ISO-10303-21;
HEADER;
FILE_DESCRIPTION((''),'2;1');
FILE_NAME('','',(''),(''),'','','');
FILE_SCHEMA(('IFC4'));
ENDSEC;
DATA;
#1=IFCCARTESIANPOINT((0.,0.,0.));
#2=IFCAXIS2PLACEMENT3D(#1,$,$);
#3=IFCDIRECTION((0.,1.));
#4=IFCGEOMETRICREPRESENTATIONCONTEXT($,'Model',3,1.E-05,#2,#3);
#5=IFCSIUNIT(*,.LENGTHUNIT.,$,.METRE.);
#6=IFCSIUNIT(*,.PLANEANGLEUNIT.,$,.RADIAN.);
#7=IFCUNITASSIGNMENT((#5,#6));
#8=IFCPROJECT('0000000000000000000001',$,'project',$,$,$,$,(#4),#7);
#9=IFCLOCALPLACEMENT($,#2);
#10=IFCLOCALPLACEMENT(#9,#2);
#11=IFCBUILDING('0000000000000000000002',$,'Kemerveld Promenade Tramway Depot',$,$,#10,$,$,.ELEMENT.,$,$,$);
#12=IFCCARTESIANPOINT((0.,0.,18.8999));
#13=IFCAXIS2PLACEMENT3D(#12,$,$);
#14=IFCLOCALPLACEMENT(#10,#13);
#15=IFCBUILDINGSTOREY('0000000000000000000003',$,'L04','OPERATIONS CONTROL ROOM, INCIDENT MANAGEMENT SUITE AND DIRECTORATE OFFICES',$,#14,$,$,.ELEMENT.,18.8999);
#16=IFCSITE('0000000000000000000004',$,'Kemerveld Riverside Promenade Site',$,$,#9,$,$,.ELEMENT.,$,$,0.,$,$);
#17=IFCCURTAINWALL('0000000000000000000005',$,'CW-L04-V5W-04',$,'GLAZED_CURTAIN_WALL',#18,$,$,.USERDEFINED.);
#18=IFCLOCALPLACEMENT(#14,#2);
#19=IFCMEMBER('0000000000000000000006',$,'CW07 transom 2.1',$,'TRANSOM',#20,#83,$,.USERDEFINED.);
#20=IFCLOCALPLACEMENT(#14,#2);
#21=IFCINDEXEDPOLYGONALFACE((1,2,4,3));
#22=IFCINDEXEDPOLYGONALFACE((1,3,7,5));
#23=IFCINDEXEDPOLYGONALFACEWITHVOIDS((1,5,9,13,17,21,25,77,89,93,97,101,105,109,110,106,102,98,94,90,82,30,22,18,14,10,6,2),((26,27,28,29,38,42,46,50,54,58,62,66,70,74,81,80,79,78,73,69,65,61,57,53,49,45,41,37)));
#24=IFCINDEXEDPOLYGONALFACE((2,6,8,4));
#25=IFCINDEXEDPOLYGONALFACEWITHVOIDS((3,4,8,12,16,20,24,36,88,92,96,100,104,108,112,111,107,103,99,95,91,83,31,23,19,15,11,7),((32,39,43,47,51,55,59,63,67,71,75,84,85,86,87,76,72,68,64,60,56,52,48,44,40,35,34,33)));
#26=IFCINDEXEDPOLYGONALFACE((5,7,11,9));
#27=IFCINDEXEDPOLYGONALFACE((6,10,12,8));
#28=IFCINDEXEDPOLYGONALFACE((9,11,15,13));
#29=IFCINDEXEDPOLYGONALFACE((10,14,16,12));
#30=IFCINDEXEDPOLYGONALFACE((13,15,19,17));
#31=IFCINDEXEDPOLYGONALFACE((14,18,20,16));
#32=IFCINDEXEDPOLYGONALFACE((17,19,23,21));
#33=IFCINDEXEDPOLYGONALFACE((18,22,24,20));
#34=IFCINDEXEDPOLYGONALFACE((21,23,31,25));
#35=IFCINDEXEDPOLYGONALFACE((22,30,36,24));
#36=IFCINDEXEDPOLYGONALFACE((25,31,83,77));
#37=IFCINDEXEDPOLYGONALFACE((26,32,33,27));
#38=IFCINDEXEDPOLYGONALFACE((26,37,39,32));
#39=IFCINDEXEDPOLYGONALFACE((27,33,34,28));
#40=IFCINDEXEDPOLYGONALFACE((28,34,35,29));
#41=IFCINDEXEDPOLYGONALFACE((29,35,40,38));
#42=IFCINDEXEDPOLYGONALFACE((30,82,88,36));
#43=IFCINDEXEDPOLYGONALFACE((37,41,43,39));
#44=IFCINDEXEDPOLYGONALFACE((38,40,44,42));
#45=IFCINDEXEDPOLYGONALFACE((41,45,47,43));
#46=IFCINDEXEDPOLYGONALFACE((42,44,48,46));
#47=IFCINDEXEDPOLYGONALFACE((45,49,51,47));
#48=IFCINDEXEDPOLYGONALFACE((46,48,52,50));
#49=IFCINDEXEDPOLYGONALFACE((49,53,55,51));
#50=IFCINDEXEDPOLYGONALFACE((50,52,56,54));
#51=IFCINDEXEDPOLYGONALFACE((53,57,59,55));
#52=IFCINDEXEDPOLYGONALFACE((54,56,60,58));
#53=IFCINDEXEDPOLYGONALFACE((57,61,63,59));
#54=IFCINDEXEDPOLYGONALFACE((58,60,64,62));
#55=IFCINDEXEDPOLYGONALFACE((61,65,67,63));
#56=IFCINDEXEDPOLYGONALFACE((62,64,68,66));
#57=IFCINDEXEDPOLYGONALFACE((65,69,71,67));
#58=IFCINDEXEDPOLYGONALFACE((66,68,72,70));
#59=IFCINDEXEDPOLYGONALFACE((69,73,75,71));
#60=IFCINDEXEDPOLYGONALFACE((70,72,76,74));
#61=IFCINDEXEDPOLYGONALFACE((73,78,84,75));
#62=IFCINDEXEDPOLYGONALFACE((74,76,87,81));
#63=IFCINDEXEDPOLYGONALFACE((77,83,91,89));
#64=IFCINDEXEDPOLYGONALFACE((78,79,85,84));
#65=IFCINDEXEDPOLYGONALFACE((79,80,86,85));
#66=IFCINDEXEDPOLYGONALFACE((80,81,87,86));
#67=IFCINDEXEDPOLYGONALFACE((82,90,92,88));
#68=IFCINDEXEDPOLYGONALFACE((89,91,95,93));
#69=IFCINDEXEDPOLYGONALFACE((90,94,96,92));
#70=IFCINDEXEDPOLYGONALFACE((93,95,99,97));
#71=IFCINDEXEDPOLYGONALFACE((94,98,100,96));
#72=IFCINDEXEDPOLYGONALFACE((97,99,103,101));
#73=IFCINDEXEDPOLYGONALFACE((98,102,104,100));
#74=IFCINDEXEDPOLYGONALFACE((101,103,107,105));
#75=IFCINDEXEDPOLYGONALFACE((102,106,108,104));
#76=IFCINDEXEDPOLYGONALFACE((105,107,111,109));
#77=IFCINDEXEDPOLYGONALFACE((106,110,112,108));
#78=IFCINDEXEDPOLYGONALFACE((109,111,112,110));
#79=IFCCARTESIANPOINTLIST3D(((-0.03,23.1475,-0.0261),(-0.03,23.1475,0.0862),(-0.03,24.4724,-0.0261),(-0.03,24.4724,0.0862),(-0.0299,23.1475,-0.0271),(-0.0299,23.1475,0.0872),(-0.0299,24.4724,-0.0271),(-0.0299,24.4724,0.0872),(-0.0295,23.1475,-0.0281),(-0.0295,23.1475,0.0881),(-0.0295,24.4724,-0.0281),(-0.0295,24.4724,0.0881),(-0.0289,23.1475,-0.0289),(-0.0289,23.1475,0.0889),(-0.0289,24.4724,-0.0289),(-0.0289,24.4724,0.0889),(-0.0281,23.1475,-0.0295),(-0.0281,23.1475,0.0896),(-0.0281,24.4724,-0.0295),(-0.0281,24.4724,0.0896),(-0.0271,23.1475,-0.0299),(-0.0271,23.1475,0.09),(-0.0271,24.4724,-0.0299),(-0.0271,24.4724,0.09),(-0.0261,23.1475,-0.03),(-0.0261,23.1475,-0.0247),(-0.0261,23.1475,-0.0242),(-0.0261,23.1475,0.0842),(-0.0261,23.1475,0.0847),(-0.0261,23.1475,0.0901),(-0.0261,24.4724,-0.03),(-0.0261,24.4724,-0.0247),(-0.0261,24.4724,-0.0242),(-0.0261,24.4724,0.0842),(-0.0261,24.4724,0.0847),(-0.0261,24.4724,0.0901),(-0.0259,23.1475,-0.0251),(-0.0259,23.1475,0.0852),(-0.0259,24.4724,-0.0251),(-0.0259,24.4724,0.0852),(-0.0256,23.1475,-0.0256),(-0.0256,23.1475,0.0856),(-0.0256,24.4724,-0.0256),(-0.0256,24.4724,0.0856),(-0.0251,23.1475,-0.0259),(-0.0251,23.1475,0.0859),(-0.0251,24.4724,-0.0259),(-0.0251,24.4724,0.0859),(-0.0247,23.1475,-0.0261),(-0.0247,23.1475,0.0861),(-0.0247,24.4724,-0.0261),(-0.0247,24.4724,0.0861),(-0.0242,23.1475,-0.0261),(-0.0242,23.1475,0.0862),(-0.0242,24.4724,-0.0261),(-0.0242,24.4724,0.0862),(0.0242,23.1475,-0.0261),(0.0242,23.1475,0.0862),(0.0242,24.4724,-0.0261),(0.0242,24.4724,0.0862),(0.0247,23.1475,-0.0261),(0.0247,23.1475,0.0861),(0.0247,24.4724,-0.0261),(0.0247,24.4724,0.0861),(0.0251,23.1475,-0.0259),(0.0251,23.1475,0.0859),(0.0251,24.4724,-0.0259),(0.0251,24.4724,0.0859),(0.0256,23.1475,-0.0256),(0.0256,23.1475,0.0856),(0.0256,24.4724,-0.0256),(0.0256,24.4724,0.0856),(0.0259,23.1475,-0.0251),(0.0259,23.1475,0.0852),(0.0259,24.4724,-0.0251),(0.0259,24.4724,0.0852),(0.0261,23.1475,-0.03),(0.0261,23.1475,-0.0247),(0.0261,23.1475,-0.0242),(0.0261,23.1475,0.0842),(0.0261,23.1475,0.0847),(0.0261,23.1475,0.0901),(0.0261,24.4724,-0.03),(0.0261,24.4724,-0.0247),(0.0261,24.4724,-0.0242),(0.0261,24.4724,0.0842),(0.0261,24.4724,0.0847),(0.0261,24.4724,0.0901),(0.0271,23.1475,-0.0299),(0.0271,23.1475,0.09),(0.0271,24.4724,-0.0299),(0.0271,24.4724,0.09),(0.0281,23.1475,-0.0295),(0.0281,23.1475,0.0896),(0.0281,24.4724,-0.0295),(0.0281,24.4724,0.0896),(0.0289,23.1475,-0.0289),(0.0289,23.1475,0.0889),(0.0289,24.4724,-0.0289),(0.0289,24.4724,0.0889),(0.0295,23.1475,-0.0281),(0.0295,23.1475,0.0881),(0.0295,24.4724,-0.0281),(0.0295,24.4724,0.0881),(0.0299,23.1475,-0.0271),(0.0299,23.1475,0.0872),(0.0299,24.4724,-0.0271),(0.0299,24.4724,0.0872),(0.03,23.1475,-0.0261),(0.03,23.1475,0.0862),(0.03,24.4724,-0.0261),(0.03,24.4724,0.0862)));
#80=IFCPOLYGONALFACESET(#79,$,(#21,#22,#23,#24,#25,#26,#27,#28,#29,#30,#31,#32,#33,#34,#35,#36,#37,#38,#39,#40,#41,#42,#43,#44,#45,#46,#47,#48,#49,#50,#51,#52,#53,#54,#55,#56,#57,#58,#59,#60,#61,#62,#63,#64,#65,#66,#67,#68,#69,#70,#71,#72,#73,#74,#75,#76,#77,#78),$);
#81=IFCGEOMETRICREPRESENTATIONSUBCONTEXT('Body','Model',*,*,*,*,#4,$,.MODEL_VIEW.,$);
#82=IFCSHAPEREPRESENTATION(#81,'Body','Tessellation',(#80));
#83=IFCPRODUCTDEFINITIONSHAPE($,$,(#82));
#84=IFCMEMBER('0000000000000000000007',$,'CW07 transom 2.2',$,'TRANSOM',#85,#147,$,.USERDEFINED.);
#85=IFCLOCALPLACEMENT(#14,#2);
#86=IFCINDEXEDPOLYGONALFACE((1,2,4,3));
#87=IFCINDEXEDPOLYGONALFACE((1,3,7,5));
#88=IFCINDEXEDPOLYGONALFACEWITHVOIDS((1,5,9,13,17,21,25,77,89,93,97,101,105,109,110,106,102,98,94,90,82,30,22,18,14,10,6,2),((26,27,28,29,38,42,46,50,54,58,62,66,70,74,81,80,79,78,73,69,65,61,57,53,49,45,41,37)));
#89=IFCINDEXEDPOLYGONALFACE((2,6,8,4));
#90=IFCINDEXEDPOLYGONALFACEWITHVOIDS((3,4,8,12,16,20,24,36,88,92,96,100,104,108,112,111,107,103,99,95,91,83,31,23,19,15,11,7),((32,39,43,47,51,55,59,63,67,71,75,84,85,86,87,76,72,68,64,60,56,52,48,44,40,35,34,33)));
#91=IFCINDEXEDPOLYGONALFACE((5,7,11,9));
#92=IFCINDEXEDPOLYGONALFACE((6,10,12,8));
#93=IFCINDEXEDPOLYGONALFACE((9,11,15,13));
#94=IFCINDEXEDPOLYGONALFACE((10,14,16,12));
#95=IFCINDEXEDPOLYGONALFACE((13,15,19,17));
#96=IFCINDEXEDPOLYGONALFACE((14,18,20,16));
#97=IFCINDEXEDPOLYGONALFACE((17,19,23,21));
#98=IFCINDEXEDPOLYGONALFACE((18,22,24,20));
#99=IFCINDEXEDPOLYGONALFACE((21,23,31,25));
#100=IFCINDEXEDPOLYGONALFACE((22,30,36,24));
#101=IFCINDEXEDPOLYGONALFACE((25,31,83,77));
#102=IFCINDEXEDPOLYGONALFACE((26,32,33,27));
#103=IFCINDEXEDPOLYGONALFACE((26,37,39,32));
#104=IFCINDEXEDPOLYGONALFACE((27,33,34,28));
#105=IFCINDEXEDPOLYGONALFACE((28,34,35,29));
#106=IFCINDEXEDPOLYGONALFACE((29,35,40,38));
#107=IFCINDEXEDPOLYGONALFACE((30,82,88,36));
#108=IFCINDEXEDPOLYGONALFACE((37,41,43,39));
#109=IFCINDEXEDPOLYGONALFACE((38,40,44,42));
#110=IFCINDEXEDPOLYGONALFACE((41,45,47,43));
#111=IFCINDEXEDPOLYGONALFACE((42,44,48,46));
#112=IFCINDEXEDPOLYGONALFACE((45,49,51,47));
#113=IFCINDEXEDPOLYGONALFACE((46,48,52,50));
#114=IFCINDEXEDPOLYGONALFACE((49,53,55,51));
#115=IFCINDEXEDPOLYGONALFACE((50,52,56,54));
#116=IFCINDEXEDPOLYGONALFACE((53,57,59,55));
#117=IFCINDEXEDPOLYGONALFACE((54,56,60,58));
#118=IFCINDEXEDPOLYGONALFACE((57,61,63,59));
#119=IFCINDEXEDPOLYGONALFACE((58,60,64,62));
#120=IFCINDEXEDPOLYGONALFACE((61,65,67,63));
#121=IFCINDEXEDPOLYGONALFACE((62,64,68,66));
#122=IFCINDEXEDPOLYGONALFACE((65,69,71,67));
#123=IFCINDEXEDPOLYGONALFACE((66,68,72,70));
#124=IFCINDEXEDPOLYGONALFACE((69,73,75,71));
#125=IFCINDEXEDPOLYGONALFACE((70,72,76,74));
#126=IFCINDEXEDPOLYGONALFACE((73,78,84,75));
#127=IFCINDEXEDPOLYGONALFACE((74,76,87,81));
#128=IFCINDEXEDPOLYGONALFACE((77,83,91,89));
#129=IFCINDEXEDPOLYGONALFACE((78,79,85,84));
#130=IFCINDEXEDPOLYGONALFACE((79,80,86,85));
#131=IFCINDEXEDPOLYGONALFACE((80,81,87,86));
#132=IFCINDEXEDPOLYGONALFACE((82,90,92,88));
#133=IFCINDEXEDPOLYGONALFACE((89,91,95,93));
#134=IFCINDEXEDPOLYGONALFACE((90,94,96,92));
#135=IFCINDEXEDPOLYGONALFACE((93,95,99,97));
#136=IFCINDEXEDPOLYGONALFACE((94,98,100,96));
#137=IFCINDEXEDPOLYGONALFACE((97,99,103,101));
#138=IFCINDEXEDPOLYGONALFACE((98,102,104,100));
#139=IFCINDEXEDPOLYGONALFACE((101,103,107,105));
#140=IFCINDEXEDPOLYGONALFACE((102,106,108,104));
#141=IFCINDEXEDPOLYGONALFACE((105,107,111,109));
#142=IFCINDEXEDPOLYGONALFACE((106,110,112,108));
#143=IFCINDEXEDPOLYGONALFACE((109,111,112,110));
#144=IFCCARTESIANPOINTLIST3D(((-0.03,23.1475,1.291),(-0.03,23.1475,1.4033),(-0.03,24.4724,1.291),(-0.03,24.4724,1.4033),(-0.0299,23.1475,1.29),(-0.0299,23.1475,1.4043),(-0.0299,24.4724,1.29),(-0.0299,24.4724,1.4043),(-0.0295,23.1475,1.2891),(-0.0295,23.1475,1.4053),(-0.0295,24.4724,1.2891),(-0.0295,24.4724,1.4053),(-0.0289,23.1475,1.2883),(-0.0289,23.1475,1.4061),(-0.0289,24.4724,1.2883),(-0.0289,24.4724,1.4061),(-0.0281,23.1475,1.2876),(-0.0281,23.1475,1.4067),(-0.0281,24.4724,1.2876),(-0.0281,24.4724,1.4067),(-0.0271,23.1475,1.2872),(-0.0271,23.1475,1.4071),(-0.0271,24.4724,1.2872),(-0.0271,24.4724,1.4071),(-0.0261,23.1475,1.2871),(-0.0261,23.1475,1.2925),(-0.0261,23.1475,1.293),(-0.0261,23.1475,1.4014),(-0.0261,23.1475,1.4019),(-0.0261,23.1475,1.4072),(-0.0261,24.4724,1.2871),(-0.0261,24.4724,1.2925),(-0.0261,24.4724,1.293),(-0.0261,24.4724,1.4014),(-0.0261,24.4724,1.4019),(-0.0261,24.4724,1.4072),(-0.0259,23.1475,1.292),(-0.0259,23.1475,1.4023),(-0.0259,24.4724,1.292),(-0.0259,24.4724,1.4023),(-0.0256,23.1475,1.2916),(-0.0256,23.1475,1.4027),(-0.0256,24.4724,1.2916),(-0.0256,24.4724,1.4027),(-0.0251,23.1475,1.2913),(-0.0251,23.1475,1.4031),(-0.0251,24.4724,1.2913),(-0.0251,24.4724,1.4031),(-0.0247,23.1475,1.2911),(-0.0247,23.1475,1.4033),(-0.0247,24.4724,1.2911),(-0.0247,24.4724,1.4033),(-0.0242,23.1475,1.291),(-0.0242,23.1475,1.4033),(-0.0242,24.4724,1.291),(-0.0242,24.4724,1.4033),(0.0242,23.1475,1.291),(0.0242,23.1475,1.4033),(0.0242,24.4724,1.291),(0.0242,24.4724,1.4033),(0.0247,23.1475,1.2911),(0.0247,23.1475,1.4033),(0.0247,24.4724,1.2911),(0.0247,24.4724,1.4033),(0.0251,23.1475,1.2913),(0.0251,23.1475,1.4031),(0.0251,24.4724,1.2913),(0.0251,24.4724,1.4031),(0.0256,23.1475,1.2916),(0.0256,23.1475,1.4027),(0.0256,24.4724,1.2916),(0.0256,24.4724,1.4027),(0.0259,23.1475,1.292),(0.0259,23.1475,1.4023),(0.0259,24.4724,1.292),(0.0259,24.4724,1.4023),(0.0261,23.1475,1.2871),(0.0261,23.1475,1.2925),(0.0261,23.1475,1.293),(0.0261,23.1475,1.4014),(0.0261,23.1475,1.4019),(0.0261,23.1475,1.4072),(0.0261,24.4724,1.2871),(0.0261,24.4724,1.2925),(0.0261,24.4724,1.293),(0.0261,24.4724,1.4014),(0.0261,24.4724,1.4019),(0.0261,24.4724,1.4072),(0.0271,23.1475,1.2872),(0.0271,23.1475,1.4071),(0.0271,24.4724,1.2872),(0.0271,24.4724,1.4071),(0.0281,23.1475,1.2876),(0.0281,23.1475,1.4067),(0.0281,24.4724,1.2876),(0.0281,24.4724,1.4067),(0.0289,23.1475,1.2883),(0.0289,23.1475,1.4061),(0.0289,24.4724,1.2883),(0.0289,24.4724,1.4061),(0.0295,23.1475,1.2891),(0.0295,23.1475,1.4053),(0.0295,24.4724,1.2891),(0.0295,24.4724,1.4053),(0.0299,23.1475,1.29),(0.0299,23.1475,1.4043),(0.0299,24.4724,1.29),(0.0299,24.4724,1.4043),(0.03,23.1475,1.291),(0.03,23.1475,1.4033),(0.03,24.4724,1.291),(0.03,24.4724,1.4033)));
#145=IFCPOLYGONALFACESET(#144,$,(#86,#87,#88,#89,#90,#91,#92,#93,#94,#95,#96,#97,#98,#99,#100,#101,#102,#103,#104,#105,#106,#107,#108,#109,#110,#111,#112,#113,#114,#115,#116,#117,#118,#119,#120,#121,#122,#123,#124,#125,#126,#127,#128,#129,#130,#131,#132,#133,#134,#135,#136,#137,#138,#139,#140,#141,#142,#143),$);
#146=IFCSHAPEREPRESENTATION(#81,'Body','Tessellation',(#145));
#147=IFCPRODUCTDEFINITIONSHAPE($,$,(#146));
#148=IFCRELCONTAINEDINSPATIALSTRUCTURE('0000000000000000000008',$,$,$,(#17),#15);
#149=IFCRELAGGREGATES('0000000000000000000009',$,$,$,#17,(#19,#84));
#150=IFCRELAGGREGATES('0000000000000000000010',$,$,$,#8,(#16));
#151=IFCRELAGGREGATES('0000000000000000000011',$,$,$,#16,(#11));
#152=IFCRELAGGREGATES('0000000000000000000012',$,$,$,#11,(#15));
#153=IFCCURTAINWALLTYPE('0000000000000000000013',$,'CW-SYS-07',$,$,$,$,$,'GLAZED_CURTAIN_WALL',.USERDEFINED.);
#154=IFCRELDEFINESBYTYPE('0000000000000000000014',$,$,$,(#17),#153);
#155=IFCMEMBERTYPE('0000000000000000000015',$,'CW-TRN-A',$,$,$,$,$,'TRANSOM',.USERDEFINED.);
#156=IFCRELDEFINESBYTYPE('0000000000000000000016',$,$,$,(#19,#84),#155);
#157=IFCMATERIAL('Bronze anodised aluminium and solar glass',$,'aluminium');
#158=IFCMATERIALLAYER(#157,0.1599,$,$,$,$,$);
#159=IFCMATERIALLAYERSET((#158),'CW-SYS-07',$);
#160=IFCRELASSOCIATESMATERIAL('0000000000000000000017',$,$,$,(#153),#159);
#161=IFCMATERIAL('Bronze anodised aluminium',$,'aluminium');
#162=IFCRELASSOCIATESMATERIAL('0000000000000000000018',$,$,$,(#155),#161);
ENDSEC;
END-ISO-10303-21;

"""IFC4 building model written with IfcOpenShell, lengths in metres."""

from ifc_helpers import new_model, si_unit, direction, frame, origin, origin_2d, place, context, subcontext, project, spatial, hollow_rectangle, extrude, material, layer, layer_set, material_profile, profile_set, type_object, element, aggregate, save


model = new_model("IFC4")

# Units and contexts
model_context = context("Model", 3, precision=1e-05, world=origin(), true_north=direction((0.0, 1.0)))
body_context = subcontext(model_context, "Body", "Model", "MODEL_VIEW")
ifc_project = project(units=[si_unit("LENGTHUNIT", "METRE"), si_unit("PLANEANGLEUNIT", "RADIAN")], contexts=[model_context])

# Site, building, storey
site_placement = place(None, origin())
site = spatial("IfcSite", under=ifc_project, at=site_placement, Name="Kemerveld Riverside Promenade Site", CompositionType="ELEMENT", RefElevation=0.0)
building_placement = place(site_placement, origin())
building = spatial("IfcBuilding", under=site, at=building_placement, Name="Kemerveld Promenade Tramway Depot", CompositionType="ELEMENT")
storey_placement = place(building_placement, frame((0.0, 0.0, 18.8999)))
storey = spatial("IfcBuildingStorey", under=building, at=storey_placement, Name="L04", Description="OPERATIONS CONTROL ROOM, INCIDENT MANAGEMENT SUITE AND DIRECTORATE OFFICES", CompositionType="ELEMENT", Elevation=18.8999)

# Curtain wall, members
ifc_material_1 = material(Name="Bronze anodised aluminium and solar glass", Category="aluminium")
ifc_layer_1 = layer(ifc_material_1, 0.1599)
ifc_layer_set_1 = layer_set([ifc_layer_1], Name="CW-SYS-07")
curtain_wall_type = type_object("IfcCurtainWallType", Name="CW-SYS-07", ElementType="GLAZED_CURTAIN_WALL", PredefinedType="USERDEFINED", material=ifc_layer_set_1)
curtain_wall_placement = place(storey_placement, origin())
curtain_wall = element("IfcCurtainWall", 1, at=curtain_wall_placement, inside=storey, type_object=curtain_wall_type, Name="CW-L04-V5W-04", ObjectType="GLAZED_CURTAIN_WALL", PredefinedType="USERDEFINED")
ifc_material_2 = material(Name="Bronze anodised aluminium", Category="aluminium")
ifc_material_profile_1 = material_profile(ifc_material_2, hollow_rectangle(XDim=0.0601, YDim=0.1201, WallThickness=0.0039, InnerFilletRadius=0.002, OuterFilletRadius=0.0039, at=origin_2d()), Name="CW-TRN-120x60")
ifc_profile_set_1 = profile_set([ifc_material_profile_1], Name="Bronze anodised aluminium")
member_type_1 = type_object("IfcMemberType", Name="CW-TRN-A", ElementType="TRANSOM", PredefinedType="USERDEFINED", material=ifc_profile_set_1)
member_1_placement = place(storey_placement, frame((0.0, 23.1475, 0.03), z_axis=(0.0, 1.0, 0.0), x_axis=(-1.0, 0.0, 0.0)))
member_1 = element("IfcMember", 2, at=member_1_placement, type_object=member_type_1, Name="CW07 transom 2.1", ObjectType="TRANSOM", PredefinedType="USERDEFINED", context=body_context, shape_type="SweptSolid", body=[
    extrude(hollow_rectangle(XDim=0.0601, YDim=0.1201, WallThickness=0.0039, InnerFilletRadius=0.002, OuterFilletRadius=0.0039, at=origin_2d()), origin(), (0.0, 0.0, 1.0), 1.325),
])
member_2_placement = place(storey_placement, frame((0.0, 23.1475, 1.3472), z_axis=(0.0, 1.0, 0.0), x_axis=(-1.0, 0.0, 0.0)))
member_2 = element("IfcMember", 3, at=member_2_placement, type_object=member_type_1, Name="CW07 transom 2.2", ObjectType="TRANSOM", PredefinedType="USERDEFINED", context=body_context, shape_type="SweptSolid", body=[
    extrude(hollow_rectangle(XDim=0.0601, YDim=0.1201, WallThickness=0.0039, InnerFilletRadius=0.002, OuterFilletRadius=0.0039, at=origin_2d()), origin(), (0.0, 0.0, 1.0), 1.325),
])
aggregate(curtain_wall, [member_1, member_2])

save(model, "model.ifc")
